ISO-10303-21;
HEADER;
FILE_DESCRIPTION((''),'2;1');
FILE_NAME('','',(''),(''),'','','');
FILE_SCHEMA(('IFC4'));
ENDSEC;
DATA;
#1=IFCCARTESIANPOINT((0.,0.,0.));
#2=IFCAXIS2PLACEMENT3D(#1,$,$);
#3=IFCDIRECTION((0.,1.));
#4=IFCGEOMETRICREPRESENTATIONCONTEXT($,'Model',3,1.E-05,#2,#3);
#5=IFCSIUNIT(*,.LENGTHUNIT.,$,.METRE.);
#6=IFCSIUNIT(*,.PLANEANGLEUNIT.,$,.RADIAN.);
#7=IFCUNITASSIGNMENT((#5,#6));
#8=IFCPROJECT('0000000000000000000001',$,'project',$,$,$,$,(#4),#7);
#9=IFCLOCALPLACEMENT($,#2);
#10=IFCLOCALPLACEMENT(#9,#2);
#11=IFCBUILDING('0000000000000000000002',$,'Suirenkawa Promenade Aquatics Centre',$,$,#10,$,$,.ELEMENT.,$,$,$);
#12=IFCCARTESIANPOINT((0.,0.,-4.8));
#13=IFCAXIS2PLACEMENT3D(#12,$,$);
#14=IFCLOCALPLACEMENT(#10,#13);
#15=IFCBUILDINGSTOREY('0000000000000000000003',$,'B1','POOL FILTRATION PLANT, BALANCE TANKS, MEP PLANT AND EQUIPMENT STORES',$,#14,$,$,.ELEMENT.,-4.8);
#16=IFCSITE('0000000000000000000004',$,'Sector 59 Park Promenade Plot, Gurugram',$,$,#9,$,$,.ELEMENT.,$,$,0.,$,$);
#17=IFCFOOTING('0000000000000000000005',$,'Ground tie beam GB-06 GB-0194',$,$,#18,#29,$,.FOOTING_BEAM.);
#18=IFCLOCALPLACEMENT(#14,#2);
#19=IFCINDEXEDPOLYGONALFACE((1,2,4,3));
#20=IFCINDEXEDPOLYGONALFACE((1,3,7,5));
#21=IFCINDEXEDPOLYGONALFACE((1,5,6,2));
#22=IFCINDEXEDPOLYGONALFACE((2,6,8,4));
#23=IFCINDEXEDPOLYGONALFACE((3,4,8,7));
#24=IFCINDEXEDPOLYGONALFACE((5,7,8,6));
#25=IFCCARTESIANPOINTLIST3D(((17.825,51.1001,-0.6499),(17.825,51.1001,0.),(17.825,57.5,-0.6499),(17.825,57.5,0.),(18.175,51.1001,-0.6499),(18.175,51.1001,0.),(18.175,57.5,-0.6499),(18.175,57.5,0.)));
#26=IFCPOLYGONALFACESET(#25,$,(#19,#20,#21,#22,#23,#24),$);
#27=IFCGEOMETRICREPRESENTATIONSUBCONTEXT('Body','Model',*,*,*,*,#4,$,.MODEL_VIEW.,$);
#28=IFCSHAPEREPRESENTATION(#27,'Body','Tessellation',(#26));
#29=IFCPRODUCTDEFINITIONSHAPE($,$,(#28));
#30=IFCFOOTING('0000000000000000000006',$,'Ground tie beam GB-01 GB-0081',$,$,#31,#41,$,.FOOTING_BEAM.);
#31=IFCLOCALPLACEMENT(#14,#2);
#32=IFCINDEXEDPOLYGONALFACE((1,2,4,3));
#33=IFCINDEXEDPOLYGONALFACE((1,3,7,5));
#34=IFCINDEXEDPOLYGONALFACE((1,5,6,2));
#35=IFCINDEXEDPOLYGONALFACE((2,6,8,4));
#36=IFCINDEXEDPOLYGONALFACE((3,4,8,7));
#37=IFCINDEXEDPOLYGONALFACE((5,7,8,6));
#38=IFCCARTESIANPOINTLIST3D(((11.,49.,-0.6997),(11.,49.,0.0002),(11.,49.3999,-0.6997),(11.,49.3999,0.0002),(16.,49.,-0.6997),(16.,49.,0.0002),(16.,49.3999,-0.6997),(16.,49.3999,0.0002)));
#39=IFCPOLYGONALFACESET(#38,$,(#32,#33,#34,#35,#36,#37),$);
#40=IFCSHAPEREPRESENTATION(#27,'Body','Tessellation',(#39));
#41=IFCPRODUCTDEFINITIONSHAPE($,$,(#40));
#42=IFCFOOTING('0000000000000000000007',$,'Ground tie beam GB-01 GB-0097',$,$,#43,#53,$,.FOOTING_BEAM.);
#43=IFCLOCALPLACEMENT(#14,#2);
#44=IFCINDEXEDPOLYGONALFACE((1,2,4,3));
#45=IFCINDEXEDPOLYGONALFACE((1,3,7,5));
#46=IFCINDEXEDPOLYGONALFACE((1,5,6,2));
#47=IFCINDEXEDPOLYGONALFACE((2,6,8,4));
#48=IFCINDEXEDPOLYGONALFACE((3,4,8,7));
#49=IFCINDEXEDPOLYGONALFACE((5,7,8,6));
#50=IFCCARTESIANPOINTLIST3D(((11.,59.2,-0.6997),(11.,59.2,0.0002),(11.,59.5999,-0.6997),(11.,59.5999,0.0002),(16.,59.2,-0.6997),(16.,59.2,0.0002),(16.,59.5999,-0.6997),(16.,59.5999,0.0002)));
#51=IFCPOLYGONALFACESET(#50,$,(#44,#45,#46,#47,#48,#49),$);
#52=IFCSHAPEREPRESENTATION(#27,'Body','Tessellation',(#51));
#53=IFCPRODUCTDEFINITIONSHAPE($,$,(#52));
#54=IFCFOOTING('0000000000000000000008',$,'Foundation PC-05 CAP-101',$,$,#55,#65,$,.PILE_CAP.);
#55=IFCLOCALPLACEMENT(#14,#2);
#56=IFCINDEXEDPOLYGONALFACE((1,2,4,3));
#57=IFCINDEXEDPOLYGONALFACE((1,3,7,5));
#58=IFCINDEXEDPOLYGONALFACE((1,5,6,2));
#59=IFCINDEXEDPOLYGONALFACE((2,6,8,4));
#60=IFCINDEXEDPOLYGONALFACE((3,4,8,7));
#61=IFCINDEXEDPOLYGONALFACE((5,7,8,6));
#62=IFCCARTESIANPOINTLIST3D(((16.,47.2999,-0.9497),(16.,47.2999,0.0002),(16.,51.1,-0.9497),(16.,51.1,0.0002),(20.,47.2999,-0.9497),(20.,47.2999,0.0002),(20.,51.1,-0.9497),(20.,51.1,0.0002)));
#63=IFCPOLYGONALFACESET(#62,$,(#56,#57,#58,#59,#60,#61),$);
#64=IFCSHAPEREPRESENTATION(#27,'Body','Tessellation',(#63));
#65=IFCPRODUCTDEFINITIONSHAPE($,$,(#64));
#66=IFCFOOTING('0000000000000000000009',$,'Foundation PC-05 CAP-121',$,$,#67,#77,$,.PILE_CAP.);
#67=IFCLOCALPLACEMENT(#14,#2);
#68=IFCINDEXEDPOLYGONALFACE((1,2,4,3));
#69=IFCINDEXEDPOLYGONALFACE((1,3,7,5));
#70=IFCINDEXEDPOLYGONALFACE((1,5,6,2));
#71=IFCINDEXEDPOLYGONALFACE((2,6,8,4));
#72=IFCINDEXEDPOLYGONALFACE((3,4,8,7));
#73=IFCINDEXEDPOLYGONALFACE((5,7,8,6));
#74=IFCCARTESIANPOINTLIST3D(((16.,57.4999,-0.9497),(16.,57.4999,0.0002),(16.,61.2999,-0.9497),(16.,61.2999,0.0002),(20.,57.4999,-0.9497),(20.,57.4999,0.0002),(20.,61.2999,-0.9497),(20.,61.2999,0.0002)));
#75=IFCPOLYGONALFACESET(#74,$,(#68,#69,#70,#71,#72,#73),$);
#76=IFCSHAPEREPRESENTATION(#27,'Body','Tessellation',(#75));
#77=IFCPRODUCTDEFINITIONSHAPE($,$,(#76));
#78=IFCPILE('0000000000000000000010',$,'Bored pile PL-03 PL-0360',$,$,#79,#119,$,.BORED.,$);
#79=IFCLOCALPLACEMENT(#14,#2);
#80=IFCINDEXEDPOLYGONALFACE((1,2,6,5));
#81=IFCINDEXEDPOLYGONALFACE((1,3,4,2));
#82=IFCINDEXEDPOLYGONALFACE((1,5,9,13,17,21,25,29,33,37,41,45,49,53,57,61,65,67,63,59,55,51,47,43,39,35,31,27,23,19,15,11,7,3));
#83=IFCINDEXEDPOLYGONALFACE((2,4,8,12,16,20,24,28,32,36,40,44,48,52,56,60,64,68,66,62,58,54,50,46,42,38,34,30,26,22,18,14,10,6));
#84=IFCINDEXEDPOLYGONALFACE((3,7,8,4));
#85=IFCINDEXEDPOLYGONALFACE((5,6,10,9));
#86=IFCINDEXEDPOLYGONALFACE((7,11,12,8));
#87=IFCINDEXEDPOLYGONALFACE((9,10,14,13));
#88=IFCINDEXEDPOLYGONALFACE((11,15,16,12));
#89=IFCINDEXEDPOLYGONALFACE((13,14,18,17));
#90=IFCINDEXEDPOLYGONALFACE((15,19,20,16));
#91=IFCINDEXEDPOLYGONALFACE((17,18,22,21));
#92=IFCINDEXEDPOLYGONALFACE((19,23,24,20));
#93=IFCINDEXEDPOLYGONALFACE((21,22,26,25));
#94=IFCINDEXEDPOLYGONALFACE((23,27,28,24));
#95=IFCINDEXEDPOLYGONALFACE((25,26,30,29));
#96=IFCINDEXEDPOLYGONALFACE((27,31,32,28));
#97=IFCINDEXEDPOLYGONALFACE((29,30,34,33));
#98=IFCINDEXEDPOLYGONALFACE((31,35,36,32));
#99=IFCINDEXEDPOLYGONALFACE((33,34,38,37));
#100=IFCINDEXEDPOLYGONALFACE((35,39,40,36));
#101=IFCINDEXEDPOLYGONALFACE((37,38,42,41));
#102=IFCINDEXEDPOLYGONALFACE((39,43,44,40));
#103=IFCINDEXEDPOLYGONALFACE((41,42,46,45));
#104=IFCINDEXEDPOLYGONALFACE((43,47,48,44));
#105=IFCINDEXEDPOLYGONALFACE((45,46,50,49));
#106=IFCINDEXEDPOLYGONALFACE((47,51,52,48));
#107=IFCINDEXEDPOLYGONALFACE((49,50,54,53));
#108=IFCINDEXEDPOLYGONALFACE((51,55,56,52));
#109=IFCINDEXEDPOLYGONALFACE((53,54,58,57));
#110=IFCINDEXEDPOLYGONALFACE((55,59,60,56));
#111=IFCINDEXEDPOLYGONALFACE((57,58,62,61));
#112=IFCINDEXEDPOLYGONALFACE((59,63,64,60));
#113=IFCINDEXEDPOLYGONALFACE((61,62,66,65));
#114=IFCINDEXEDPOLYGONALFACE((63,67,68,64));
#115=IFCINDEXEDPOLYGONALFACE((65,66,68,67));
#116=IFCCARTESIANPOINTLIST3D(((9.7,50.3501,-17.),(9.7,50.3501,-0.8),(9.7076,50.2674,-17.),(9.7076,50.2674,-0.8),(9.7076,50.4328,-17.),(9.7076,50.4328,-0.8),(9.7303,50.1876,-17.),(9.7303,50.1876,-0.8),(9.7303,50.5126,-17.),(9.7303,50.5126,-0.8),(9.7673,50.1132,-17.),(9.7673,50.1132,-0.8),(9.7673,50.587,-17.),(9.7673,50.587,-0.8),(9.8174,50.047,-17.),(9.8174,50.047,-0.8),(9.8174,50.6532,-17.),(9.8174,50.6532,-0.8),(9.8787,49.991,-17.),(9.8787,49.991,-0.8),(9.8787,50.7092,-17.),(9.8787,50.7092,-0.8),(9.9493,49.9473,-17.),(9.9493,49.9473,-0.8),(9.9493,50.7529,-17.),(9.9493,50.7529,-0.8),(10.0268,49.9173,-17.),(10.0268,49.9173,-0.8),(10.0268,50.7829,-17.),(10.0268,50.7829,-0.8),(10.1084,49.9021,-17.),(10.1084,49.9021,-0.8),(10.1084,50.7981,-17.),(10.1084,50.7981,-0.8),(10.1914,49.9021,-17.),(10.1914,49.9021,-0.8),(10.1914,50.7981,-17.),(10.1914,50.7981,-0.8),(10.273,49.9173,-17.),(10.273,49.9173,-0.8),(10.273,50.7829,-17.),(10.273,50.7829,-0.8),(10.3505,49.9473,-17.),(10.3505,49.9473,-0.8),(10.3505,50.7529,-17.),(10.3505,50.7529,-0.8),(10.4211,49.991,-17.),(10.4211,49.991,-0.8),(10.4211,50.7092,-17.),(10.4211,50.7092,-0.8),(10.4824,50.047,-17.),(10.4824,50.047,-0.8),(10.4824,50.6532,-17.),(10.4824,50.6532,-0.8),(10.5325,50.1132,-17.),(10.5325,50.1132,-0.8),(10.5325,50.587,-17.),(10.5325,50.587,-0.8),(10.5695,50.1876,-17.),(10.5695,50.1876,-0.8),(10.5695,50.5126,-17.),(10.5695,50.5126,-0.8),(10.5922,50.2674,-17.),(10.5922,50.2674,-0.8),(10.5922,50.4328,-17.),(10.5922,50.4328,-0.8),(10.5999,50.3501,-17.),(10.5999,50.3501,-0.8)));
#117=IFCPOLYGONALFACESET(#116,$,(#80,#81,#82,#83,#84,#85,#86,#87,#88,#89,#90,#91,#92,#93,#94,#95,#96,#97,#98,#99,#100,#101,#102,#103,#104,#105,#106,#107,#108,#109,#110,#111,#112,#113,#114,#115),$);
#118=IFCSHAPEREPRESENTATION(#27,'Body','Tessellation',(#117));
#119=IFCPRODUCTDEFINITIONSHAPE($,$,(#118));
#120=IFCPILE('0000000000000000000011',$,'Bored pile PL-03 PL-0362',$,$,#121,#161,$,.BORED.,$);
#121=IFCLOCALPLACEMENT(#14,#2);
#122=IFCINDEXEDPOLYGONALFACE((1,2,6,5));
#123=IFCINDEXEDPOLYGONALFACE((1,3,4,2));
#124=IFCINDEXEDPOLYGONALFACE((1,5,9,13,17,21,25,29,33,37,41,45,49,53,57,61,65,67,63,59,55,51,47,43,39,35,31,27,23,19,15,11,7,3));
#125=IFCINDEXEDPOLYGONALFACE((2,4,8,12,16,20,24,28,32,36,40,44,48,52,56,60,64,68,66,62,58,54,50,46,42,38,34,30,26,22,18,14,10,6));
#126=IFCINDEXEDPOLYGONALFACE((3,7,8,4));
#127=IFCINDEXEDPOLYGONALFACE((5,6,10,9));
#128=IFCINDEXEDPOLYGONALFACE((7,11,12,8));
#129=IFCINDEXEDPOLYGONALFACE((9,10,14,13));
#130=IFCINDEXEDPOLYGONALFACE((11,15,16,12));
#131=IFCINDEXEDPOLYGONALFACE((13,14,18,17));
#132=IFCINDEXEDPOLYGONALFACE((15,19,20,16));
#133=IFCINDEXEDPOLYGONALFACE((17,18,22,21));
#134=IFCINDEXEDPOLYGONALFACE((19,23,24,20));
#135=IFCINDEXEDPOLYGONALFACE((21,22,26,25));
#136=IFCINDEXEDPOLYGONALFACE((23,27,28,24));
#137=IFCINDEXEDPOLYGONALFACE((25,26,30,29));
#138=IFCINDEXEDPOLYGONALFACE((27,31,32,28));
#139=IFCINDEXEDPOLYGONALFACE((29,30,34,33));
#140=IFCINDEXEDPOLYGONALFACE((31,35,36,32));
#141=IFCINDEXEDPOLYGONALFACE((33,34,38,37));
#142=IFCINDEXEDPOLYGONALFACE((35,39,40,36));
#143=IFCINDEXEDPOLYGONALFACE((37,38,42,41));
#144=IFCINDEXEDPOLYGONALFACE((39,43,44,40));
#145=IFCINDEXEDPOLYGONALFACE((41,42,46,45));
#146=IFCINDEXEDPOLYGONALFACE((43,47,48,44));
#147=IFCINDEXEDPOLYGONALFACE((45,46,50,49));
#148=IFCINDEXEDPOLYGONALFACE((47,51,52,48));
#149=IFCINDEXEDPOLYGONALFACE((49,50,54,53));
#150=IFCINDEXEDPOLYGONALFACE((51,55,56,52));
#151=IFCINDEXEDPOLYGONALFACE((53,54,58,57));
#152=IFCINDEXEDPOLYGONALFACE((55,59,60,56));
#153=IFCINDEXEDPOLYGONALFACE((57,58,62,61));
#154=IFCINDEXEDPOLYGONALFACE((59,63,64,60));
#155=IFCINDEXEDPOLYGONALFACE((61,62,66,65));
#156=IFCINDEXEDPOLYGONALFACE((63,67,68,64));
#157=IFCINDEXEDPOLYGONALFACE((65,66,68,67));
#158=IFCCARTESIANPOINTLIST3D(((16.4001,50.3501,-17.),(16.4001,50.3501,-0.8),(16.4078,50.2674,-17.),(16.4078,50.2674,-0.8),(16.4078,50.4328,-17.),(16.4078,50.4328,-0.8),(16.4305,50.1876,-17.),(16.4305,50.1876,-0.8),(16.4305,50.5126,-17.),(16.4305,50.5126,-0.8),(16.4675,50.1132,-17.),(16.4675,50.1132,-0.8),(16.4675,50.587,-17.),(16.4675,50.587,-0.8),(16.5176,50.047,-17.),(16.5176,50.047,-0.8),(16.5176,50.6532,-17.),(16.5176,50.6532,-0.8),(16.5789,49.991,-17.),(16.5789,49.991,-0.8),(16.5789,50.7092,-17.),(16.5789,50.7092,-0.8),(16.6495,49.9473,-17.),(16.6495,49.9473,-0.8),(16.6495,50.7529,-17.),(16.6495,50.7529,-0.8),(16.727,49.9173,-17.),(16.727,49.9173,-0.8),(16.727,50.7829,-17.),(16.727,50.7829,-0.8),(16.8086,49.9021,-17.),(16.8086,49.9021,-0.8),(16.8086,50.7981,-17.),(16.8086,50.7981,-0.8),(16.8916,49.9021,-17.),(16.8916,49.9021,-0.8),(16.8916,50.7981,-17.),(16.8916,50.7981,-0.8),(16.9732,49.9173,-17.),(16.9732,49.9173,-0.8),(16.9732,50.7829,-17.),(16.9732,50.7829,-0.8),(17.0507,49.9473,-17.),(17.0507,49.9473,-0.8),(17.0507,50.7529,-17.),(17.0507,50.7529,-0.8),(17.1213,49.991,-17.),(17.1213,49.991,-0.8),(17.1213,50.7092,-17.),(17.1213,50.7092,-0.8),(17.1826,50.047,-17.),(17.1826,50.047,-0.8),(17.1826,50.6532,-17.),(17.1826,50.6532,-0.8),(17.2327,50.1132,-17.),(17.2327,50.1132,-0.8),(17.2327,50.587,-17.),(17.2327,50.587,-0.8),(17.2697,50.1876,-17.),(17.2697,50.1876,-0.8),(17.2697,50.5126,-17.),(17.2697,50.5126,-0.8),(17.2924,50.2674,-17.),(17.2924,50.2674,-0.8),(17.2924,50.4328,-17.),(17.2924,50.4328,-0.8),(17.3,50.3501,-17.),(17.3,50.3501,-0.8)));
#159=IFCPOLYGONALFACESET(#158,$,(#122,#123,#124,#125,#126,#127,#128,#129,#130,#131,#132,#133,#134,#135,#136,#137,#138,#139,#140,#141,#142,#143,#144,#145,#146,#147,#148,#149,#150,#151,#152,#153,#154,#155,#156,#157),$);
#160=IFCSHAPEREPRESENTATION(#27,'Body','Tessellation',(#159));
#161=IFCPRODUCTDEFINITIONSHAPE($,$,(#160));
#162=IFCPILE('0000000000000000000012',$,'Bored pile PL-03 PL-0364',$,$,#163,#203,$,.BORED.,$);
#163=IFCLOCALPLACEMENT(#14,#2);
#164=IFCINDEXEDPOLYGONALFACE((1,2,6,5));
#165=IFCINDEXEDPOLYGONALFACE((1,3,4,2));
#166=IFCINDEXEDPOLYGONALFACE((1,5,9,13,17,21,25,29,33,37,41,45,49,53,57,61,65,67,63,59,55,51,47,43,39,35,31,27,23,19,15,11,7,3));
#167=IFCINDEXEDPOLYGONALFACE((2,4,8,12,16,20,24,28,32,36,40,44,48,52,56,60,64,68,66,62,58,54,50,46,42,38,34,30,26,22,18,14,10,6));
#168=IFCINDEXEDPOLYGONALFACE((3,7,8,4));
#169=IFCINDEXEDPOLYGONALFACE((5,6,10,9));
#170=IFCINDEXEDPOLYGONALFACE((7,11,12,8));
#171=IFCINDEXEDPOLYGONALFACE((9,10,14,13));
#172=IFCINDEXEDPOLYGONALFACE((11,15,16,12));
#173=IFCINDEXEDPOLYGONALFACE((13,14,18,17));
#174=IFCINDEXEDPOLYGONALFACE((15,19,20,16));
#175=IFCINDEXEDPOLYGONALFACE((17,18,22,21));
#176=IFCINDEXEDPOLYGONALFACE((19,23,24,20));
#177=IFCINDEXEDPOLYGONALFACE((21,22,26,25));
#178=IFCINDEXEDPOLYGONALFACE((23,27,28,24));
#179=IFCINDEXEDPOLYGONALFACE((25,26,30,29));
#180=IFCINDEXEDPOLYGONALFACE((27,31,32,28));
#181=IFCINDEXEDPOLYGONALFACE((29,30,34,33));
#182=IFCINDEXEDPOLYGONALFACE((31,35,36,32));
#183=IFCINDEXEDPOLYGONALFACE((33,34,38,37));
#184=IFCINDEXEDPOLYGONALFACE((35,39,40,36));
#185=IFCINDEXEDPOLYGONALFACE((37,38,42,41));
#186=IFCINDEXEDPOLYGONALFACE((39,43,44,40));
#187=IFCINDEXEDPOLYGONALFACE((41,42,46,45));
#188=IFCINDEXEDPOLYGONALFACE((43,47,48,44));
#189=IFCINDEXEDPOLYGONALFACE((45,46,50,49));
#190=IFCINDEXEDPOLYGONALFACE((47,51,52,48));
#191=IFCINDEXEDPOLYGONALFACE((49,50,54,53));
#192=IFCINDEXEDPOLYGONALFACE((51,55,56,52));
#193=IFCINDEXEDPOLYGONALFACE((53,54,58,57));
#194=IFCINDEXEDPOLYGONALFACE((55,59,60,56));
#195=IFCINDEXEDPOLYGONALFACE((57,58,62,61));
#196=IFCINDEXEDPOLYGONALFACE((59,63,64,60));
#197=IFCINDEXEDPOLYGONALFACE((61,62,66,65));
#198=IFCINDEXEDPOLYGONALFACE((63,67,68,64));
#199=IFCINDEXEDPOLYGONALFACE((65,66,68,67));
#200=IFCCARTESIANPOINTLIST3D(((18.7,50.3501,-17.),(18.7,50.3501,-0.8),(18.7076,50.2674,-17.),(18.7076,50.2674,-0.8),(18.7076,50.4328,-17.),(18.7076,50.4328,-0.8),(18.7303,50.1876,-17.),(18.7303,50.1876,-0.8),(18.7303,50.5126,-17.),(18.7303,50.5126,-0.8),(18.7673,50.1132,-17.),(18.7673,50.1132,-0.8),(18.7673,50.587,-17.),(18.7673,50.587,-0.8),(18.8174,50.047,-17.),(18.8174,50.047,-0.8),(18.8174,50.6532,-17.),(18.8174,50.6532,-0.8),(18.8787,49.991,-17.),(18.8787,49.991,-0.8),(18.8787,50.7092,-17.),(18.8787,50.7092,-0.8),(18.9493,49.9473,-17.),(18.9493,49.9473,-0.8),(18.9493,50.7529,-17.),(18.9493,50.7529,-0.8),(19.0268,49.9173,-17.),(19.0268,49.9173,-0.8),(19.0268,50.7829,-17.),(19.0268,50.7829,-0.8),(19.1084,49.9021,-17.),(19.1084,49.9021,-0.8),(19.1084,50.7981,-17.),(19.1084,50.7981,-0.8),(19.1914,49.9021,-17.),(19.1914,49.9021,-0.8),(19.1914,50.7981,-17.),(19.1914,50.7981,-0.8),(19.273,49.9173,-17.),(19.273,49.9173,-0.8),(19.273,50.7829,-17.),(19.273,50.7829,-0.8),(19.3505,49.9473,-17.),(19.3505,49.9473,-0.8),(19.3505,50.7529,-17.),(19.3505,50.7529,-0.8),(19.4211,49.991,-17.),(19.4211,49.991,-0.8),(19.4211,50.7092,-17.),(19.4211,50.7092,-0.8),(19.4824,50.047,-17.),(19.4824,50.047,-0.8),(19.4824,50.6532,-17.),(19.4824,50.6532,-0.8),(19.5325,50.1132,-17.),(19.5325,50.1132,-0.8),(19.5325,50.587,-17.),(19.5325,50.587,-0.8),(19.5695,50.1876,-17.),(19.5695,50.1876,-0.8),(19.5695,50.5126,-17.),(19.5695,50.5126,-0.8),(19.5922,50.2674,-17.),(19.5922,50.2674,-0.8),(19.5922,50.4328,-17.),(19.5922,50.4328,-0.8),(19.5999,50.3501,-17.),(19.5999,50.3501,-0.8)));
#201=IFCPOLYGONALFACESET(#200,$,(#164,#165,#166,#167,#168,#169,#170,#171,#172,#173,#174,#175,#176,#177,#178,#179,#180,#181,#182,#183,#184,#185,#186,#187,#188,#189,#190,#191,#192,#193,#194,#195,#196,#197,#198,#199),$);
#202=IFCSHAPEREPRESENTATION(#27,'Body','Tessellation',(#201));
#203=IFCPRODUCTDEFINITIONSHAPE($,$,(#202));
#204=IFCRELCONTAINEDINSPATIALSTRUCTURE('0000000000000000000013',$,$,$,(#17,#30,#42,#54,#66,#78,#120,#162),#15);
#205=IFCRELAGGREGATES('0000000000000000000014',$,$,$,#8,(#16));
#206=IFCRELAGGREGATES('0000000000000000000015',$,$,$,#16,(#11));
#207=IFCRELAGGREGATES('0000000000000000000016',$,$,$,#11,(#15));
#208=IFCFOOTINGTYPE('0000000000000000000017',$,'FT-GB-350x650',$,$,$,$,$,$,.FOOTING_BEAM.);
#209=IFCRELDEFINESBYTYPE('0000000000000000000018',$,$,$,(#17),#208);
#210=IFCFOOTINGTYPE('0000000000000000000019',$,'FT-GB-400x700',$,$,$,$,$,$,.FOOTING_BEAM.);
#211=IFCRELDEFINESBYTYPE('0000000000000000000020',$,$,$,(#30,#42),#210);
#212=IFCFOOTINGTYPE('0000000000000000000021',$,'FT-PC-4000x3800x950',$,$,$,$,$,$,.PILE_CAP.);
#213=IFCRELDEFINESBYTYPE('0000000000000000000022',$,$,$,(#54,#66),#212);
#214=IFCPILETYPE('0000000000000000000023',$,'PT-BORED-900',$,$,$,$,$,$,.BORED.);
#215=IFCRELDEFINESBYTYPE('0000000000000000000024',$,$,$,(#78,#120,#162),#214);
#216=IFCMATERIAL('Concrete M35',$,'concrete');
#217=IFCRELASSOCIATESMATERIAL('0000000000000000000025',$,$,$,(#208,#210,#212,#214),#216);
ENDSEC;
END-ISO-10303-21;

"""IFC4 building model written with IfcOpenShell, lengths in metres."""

from ifc_helpers import new_model, si_unit, direction, frame, origin, origin_2d, place, context, subcontext, project, spatial, rectangle, circle, extrude, material, material_profile, profile_set, type_object, element, save


model = new_model("IFC4")

# Units and contexts
model_context = context("Model", 3, precision=1e-05, world=origin(), true_north=direction((0.0, 1.0)))
body_context = subcontext(model_context, "Body", "Model", "MODEL_VIEW")
ifc_project = project(units=[si_unit("LENGTHUNIT", "METRE"), si_unit("PLANEANGLEUNIT", "RADIAN")], contexts=[model_context])

# Site, building, storey
site_placement = place(None, origin())
site = spatial("IfcSite", under=ifc_project, at=site_placement, Name="Sector 59 Park Promenade Plot, Gurugram", CompositionType="ELEMENT", RefElevation=0.0)
building_placement = place(site_placement, origin())
building = spatial("IfcBuilding", under=site, at=building_placement, Name="Suirenkawa Promenade Aquatics Centre", CompositionType="ELEMENT")
storey_placement = place(building_placement, frame((0.0, 0.0, -4.8)))
storey = spatial("IfcBuildingStorey", under=building, at=storey_placement, Name="B1", Description="POOL FILTRATION PLANT, BALANCE TANKS, MEP PLANT AND EQUIPMENT STORES", CompositionType="ELEMENT", Elevation=-4.8)

# Footings
ifc_material_1 = material(Name="Concrete M35", Category="concrete")
footing_type_1 = type_object("IfcFootingType", Name="FT-GB-350x650", PredefinedType="FOOTING_BEAM", material=ifc_material_1)
footing_placement = place(storey_placement, frame((18.0, 54.3, -0.6499), z_axis=(0.0, 0.0, 1.0), x_axis=(0.0, 1.0, 0.0)))
element("IfcFooting", 1, at=footing_placement, inside=storey, type_object=footing_type_1, Name="Ground tie beam GB-06 GB-0194", PredefinedType="FOOTING_BEAM", context=body_context, shape_type="SweptSolid", body=[
    extrude(rectangle(XDim=6.3999, YDim=0.3501, at=origin_2d()), origin(), (0.0, 0.0, 1.0), 0.6499),
])
footing_type_2 = type_object("IfcFootingType", Name="FT-GB-400x700", PredefinedType="FOOTING_BEAM", material=ifc_material_1)
for number, where, z_axis, x_axis, name in (
    (2, (13.5, 49.2, -0.6997), (0.0, 0.0, 1.0), (1.0, 0.0, 0.0), "Ground tie beam GB-01 GB-0081"),
    (3, (13.5, 59.3999, -0.6997), (0.0, 0.0, 1.0), (1.0, 0.0, 0.0), "Ground tie beam GB-01 GB-0097"),
):
    element("IfcFooting", number, at=place(storey_placement, frame(where, z_axis=z_axis, x_axis=x_axis)), inside=storey, type_object=footing_type_2, Name=name, PredefinedType="FOOTING_BEAM", context=body_context, shape_type="SweptSolid", body=[
        extrude(rectangle(XDim=5.0, YDim=0.3999, at=origin_2d()), origin(), (0.0, 0.0, 1.0), 0.7),
    ])
footing_type_3 = type_object("IfcFootingType", Name="FT-PC-4000x3800x950", PredefinedType="PILE_CAP", material=ifc_material_1)
for number, where, z_axis, x_axis, name in (
    (4, (18.0, 49.2, -0.9497), (0.0, 0.0, 1.0), (1.0, 0.0, 0.0), "Foundation PC-05 CAP-101"),
    (5, (18.0, 59.3999, -0.9497), (0.0, 0.0, 1.0), (1.0, 0.0, 0.0), "Foundation PC-05 CAP-121"),
):
    element("IfcFooting", number, at=place(storey_placement, frame(where, z_axis=z_axis, x_axis=x_axis)), inside=storey, type_object=footing_type_3, Name=name, PredefinedType="PILE_CAP", context=body_context, shape_type="SweptSolid", body=[
        extrude(rectangle(XDim=4.0, YDim=3.8, at=origin_2d()), origin(), (0.0, 0.0, 1.0), 0.95),
    ])

# Piles
ifc_material_profile_1 = material_profile(ifc_material_1, circle(Radius=0.45, at=origin_2d()), Name="PILE D900", Category="concrete")
ifc_profile_set_1 = profile_set([ifc_material_profile_1], Name="Concrete M35")
pile_type = type_object("IfcPileType", Name="PT-BORED-900", PredefinedType="BORED", material=ifc_profile_set_1)
for number, where, z_axis, x_axis, name in (
    (6, (10.1499, 50.3501, -0.8), (0.0, 0.0, -1.0), (1.0, 0.0, 0.0), "Bored pile PL-03 PL-0360"),
    (7, (16.8501, 50.3501, -0.8), (0.0, 0.0, -1.0), (1.0, 0.0, 0.0), "Bored pile PL-03 PL-0362"),
    (8, (19.1499, 50.3501, -0.8), (0.0, 0.0, -1.0), (1.0, 0.0, 0.0), "Bored pile PL-03 PL-0364"),
):
    element("IfcPile", number, at=place(storey_placement, frame(where, z_axis=z_axis, x_axis=x_axis)), inside=storey, type_object=pile_type, Name=name, PredefinedType="BORED", context=body_context, shape_type="SweptSolid", body=[
        extrude(circle(Radius=0.45, at=origin_2d()), origin(), (0.0, 0.0, 1.0), 16.2),
    ])

save(model, "model.ifc")
